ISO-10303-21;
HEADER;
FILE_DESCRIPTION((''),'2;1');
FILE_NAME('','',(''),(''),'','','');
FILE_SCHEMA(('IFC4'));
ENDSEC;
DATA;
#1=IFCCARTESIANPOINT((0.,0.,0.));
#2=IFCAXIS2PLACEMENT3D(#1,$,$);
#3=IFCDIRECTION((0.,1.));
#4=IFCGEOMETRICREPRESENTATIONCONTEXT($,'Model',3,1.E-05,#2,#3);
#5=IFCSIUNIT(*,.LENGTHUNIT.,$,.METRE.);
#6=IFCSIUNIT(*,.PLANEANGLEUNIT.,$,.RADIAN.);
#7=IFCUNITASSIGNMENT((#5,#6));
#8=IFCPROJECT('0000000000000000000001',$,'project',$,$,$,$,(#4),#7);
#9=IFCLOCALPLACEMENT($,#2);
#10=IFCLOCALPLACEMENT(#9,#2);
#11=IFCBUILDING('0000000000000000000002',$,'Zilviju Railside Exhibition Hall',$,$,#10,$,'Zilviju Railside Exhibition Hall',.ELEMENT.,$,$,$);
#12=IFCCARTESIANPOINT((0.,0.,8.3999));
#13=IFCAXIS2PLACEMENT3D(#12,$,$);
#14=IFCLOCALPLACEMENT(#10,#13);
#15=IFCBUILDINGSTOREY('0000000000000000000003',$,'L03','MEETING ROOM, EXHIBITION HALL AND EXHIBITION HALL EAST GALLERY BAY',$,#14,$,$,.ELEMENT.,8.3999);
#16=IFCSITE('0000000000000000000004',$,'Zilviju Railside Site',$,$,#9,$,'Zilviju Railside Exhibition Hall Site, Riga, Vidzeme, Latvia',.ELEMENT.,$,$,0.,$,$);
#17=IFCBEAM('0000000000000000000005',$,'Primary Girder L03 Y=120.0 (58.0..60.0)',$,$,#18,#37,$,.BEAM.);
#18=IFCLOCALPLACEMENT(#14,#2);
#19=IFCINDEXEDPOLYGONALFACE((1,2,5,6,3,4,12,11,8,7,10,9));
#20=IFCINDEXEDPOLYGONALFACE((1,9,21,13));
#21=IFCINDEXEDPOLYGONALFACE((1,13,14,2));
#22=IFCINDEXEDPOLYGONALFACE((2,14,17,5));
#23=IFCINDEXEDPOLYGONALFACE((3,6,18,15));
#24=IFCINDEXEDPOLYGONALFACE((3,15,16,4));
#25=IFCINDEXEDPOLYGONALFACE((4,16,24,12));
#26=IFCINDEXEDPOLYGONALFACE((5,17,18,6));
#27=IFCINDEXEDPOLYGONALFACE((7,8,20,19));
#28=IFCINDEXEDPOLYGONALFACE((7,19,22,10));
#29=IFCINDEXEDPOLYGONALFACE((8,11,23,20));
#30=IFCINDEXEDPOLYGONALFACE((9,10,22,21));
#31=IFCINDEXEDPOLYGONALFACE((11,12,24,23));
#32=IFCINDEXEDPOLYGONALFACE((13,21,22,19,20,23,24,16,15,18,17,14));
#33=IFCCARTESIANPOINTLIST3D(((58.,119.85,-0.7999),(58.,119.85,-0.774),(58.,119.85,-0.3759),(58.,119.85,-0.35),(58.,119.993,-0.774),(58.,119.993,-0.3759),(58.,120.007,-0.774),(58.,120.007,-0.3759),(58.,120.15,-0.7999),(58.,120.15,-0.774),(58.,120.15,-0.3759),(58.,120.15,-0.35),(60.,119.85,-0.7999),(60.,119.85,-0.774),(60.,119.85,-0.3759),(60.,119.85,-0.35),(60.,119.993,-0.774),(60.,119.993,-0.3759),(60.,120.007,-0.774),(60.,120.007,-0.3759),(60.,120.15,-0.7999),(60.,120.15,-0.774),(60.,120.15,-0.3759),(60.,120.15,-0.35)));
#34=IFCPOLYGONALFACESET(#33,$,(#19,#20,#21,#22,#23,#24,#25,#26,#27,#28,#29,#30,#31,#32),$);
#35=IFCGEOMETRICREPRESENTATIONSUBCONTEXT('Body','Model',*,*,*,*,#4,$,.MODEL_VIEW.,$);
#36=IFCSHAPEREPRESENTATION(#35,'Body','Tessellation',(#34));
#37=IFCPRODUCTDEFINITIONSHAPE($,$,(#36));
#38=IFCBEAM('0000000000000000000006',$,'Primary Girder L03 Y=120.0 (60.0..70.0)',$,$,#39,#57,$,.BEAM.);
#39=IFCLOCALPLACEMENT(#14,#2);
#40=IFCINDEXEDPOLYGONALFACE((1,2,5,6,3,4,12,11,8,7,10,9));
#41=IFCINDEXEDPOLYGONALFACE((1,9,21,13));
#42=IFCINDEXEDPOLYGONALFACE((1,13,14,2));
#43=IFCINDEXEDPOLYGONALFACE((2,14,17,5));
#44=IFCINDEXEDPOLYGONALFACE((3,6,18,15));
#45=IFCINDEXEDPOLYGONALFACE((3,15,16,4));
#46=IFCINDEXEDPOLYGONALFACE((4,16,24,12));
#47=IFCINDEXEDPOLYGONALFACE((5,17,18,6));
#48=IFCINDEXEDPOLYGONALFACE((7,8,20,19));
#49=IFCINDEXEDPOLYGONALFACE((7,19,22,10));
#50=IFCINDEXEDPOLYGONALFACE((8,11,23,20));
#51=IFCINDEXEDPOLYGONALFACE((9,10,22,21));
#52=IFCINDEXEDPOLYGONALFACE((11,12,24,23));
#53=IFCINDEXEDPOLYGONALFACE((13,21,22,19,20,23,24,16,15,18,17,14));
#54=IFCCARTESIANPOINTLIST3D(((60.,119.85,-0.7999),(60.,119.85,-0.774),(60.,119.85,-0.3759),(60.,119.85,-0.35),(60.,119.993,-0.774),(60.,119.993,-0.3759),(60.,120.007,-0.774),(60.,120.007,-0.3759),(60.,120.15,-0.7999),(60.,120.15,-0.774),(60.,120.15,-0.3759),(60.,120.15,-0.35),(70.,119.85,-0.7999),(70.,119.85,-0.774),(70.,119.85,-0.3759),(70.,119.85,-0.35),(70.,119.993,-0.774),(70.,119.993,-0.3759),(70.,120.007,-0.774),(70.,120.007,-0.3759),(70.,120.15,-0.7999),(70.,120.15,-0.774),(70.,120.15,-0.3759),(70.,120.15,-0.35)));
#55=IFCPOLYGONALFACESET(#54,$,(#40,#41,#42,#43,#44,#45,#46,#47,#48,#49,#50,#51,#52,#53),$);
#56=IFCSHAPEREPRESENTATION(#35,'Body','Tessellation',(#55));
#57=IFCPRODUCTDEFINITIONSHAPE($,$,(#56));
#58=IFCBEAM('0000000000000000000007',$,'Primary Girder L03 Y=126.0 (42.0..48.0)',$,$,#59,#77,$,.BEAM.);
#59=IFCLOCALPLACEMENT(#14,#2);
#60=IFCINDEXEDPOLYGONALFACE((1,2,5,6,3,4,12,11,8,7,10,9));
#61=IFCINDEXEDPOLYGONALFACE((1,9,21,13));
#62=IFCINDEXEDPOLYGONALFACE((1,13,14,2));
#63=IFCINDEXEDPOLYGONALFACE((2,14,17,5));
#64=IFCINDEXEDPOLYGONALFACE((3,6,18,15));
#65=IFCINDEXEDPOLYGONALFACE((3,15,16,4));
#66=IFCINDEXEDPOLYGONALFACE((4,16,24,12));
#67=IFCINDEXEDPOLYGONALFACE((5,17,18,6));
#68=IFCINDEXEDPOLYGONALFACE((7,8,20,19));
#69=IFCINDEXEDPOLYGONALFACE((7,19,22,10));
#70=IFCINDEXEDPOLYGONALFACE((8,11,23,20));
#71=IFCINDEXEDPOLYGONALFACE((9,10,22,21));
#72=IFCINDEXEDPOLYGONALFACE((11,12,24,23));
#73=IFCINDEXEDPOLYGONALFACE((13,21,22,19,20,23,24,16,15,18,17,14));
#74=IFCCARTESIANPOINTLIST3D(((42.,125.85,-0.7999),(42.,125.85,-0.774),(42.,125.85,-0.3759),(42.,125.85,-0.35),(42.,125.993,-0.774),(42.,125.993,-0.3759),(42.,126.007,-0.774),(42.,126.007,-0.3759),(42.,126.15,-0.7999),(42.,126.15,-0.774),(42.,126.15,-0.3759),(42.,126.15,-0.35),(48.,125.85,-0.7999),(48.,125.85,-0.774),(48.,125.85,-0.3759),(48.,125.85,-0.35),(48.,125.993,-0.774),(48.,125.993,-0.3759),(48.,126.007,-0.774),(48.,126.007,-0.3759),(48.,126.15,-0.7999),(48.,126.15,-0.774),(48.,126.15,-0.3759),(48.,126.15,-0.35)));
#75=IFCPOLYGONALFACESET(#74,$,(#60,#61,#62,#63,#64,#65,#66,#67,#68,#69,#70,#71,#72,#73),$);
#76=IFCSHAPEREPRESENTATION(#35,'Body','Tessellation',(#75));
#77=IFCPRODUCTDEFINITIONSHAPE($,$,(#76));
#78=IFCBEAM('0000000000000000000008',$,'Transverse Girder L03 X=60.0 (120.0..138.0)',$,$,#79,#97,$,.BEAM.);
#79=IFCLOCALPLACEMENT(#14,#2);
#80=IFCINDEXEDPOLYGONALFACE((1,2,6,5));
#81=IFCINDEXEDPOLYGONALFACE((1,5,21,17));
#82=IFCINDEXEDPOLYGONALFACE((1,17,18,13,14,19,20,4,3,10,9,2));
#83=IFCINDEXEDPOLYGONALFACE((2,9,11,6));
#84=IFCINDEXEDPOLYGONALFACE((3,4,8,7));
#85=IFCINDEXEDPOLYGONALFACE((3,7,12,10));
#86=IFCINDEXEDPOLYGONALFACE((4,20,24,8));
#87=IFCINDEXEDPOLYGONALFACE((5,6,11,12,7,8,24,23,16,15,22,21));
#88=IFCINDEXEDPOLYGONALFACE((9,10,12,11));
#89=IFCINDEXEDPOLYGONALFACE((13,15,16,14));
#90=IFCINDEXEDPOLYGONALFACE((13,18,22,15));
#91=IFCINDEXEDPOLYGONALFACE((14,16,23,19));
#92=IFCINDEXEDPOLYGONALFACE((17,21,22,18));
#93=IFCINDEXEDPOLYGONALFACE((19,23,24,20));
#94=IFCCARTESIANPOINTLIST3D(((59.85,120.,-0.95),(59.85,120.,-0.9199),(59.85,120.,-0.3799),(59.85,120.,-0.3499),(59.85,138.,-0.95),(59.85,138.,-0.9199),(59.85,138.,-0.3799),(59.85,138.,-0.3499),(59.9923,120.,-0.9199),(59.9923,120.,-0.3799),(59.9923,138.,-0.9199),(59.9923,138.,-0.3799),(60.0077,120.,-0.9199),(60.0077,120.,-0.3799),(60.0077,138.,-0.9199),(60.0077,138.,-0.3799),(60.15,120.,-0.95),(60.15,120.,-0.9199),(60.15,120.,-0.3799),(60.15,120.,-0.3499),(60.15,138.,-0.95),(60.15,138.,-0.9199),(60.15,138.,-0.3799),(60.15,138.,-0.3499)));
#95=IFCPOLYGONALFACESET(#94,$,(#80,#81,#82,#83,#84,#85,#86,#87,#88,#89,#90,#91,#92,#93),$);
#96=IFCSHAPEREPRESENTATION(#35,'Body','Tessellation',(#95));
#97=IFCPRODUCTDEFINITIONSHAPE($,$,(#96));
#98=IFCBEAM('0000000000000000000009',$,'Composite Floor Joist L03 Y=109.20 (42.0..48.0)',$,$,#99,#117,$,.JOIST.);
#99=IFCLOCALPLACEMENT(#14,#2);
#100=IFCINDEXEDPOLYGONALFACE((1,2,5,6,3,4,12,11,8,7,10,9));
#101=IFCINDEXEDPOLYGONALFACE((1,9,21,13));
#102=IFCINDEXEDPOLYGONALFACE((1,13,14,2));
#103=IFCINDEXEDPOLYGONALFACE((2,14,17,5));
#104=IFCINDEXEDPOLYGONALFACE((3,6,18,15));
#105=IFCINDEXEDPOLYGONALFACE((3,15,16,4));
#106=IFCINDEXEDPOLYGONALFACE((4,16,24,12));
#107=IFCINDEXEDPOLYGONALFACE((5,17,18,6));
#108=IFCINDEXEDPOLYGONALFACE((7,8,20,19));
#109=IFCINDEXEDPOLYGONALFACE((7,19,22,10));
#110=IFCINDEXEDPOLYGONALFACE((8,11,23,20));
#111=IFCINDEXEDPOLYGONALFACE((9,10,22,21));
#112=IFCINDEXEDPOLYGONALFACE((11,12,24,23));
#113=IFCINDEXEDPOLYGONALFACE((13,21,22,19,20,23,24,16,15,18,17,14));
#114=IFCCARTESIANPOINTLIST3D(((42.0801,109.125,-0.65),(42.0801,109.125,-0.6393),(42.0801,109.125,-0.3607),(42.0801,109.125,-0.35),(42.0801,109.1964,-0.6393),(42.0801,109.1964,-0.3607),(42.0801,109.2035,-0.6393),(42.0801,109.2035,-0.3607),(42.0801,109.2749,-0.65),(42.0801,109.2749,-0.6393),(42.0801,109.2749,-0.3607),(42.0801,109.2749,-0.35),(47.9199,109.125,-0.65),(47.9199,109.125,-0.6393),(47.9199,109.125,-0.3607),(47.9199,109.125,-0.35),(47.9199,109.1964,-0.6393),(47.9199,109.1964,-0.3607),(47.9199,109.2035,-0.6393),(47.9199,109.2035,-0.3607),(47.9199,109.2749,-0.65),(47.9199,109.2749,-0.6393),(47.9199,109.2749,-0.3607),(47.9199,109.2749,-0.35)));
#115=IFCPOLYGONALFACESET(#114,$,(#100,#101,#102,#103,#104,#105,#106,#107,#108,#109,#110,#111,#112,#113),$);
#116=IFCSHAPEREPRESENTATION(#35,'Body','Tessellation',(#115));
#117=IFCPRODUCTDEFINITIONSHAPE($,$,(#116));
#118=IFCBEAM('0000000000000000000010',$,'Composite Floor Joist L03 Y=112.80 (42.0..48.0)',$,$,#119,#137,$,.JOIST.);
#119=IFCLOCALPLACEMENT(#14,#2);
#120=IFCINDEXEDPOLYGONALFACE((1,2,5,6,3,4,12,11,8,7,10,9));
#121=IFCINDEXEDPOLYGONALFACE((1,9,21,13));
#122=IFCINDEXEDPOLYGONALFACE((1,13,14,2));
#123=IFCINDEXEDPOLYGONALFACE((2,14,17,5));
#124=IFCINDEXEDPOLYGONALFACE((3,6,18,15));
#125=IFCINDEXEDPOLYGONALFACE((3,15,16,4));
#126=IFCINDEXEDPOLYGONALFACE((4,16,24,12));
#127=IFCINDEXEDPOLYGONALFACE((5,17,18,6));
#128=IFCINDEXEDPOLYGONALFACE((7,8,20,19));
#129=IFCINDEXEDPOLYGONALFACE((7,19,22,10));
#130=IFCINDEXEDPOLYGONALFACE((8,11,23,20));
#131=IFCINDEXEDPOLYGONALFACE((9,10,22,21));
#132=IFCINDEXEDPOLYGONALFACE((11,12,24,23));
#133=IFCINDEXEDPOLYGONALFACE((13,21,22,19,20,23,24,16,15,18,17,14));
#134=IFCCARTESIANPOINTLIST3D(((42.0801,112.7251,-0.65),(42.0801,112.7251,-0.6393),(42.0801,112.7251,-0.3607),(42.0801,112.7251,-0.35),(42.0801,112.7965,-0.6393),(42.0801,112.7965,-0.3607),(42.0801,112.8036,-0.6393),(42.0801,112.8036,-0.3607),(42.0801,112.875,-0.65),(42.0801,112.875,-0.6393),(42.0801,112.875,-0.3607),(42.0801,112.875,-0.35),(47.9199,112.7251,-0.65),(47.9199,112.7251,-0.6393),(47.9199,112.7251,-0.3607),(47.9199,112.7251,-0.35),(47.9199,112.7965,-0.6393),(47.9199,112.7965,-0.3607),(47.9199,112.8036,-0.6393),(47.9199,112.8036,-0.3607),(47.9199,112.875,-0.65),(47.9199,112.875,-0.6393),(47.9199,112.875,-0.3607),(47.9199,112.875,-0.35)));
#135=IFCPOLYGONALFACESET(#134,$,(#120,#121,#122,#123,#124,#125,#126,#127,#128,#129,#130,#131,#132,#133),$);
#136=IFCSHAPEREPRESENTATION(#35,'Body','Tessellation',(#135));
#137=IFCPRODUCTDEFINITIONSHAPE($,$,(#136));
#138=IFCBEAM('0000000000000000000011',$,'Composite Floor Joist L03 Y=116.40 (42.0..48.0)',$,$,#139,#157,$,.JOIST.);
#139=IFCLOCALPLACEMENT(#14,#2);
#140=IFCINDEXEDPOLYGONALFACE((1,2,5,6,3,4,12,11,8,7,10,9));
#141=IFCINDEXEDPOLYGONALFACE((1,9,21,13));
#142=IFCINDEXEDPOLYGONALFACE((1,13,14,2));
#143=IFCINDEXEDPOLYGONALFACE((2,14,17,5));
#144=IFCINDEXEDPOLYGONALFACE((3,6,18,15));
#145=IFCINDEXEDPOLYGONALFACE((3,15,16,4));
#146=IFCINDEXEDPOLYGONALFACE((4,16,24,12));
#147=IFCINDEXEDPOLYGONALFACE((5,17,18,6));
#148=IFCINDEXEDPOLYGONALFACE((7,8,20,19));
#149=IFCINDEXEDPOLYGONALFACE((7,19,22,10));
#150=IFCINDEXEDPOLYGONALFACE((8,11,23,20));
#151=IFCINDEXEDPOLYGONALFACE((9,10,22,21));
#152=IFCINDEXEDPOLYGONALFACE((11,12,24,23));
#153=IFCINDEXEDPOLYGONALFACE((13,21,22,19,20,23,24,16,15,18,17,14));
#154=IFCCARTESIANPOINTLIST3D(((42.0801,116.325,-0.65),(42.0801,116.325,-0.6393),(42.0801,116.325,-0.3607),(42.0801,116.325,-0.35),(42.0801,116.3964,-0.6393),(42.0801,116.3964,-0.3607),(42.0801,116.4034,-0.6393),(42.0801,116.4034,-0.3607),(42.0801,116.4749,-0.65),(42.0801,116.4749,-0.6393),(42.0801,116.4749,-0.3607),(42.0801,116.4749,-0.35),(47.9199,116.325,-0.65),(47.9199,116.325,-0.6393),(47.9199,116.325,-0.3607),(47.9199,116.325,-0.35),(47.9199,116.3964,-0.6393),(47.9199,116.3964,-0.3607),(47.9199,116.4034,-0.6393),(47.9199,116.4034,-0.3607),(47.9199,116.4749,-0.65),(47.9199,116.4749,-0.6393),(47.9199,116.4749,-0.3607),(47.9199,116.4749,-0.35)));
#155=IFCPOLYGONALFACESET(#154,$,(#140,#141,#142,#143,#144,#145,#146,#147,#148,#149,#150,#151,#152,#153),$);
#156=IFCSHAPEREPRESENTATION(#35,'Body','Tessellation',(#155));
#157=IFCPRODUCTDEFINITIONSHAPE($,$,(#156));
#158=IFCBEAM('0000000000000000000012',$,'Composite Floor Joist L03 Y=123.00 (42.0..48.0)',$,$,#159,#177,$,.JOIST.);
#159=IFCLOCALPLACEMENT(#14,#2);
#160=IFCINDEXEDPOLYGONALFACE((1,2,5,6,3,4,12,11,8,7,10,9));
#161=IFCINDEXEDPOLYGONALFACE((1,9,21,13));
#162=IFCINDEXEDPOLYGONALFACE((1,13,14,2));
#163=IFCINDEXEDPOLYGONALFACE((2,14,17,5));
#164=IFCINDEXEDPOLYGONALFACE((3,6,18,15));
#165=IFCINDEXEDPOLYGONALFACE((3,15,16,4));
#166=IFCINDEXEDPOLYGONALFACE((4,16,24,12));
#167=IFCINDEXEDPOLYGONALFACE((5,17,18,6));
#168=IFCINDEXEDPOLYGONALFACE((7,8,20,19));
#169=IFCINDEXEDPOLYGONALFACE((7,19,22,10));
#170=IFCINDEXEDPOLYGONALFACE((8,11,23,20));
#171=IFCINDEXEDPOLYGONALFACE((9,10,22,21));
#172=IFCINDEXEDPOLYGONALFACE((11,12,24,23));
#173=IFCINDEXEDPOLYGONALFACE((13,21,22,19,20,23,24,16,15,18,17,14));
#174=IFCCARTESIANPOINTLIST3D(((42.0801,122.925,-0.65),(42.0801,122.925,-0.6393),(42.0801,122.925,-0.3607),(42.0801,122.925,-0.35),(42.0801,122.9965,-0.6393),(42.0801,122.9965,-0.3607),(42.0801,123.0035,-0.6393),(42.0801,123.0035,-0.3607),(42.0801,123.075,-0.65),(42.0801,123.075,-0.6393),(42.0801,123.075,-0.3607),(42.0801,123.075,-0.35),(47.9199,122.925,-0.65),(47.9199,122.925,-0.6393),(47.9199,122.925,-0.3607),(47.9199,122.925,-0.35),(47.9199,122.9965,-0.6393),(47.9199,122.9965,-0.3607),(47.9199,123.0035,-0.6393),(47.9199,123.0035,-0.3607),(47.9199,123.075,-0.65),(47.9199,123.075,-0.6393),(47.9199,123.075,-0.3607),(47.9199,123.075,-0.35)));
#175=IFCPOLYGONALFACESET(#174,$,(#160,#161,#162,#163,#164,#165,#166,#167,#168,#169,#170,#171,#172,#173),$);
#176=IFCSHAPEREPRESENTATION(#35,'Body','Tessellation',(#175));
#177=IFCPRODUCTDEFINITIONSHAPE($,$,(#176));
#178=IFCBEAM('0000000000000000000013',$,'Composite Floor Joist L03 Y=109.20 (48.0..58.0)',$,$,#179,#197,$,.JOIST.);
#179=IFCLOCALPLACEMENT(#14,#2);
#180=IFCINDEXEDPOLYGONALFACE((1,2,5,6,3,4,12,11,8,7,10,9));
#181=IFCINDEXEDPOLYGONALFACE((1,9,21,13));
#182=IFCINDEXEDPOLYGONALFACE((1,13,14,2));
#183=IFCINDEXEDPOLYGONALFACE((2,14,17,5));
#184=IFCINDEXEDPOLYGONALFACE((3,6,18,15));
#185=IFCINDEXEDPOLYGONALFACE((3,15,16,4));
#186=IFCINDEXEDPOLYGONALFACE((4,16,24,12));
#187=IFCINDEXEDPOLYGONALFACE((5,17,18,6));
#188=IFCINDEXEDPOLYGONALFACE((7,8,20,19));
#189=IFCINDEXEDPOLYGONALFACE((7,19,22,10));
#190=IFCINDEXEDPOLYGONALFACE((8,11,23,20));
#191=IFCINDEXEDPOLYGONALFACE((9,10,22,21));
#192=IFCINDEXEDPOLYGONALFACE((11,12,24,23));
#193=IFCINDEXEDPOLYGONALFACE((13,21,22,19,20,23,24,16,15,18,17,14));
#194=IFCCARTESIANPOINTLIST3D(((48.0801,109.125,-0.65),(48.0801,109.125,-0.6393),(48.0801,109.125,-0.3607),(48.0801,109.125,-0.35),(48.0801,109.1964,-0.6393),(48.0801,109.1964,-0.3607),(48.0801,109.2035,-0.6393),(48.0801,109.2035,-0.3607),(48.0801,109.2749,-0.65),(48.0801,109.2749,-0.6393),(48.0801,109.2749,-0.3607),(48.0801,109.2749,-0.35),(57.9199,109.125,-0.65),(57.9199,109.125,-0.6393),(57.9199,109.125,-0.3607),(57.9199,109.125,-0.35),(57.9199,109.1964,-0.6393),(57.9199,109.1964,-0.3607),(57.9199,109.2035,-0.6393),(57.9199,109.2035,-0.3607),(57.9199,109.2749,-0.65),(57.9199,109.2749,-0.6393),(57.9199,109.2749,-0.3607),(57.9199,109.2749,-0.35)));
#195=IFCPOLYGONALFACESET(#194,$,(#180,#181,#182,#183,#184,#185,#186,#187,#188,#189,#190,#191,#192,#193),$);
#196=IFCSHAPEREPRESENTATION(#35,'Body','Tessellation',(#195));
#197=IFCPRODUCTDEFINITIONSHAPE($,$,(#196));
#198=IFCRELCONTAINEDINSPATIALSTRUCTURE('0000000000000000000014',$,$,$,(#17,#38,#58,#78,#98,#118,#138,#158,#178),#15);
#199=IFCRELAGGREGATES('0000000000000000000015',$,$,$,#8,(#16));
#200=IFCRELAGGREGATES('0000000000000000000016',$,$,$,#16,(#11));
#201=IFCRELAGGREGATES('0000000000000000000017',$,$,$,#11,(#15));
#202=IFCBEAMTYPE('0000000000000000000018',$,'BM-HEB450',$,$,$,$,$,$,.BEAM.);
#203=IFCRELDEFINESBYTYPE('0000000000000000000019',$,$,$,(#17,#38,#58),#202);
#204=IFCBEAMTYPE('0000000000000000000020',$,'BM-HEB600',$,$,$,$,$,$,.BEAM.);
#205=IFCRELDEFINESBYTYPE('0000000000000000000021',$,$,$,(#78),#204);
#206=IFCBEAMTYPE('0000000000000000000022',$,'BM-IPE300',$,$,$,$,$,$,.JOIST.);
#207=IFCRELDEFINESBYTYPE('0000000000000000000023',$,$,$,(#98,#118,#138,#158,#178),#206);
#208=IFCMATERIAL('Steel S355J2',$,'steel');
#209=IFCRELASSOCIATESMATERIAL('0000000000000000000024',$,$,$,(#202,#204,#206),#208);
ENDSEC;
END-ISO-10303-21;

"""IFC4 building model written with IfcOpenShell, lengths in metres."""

from ifc_helpers import new_model, si_unit, direction, frame, origin, origin_2d, place, context, subcontext, project, spatial, i_section, extrude, material, material_profile, profile_set, type_object, element, save


model = new_model("IFC4")

# Units and contexts
model_context = context("Model", 3, precision=1e-05, world=origin(), true_north=direction((0.0, 1.0)))
body_context = subcontext(model_context, "Body", "Model", "MODEL_VIEW")
ifc_project = project(units=[si_unit("LENGTHUNIT", "METRE"), si_unit("PLANEANGLEUNIT", "RADIAN")], contexts=[model_context])

# Site, building, storey
site_placement = place(None, origin())
site = spatial("IfcSite", under=ifc_project, at=site_placement, Name="Zilviju Railside Site", LongName="Zilviju Railside Exhibition Hall Site, Riga, Vidzeme, Latvia", CompositionType="ELEMENT", RefElevation=0.0)
building_placement = place(site_placement, origin())
building = spatial("IfcBuilding", under=site, at=building_placement, Name="Zilviju Railside Exhibition Hall", LongName="Zilviju Railside Exhibition Hall", CompositionType="ELEMENT")
storey_placement = place(building_placement, frame((0.0, 0.0, 8.3999)))
storey = spatial("IfcBuildingStorey", under=building, at=storey_placement, Name="L03", Description="MEETING ROOM, EXHIBITION HALL AND EXHIBITION HALL EAST GALLERY BAY", CompositionType="ELEMENT", Elevation=8.3999)

# Shared definitions
ifc_material_1 = material(Name="Steel S355J2", Category="steel")

# Beams
ifc_material_profile_1 = material_profile(ifc_material_1, i_section(OverallWidth=0.3, OverallDepth=0.45, WebThickness=0.0139, FlangeThickness=0.0259, at=origin_2d()), Name="HEB 450")
ifc_profile_set_1 = profile_set([ifc_material_profile_1], Name="Steel S355J2")
beam_type_1 = type_object("IfcBeamType", Name="BM-HEB450", PredefinedType="BEAM", material=ifc_profile_set_1)
beam_1_placement = place(storey_placement, frame((58.0, 120.0, -0.575), z_axis=(1.0, 0.0, 0.0), x_axis=(0.0, 1.0, 0.0)))
element("IfcBeam", 1, at=beam_1_placement, inside=storey, type_object=beam_type_1, Name="Primary Girder L03 Y=120.0 (58.0..60.0)", PredefinedType="BEAM", context=body_context, shape_type="SweptSolid", body=[
    extrude(i_section(OverallWidth=0.3, OverallDepth=0.45, WebThickness=0.0139, FlangeThickness=0.0259, at=origin_2d()), origin(), (0.0, 0.0, 1.0), 2.0),
])
beam_2_placement = place(storey_placement, frame((60.0, 120.0, -0.575), z_axis=(1.0, 0.0, 0.0), x_axis=(0.0, 1.0, 0.0)))
element("IfcBeam", 2, at=beam_2_placement, inside=storey, type_object=beam_type_1, Name="Primary Girder L03 Y=120.0 (60.0..70.0)", PredefinedType="BEAM", context=body_context, shape_type="SweptSolid", body=[
    extrude(i_section(OverallWidth=0.3, OverallDepth=0.45, WebThickness=0.0139, FlangeThickness=0.0259, at=origin_2d()), origin(), (0.0, 0.0, 1.0), 10.0),
])
beam_3_placement = place(storey_placement, frame((42.0, 126.0, -0.575), z_axis=(1.0, 0.0, 0.0), x_axis=(0.0, 1.0, 0.0)))
element("IfcBeam", 3, at=beam_3_placement, inside=storey, type_object=beam_type_1, Name="Primary Girder L03 Y=126.0 (42.0..48.0)", PredefinedType="BEAM", context=body_context, shape_type="SweptSolid", body=[
    extrude(i_section(OverallWidth=0.3, OverallDepth=0.45, WebThickness=0.0139, FlangeThickness=0.0259, at=origin_2d()), origin(), (0.0, 0.0, 1.0), 6.0),
])
ifc_material_profile_2 = material_profile(ifc_material_1, i_section(OverallWidth=0.3, OverallDepth=0.6001, WebThickness=0.0154, FlangeThickness=0.03, at=origin_2d()), Name="HEB 600")
ifc_profile_set_2 = profile_set([ifc_material_profile_2], Name="Steel S355J2")
beam_type_2 = type_object("IfcBeamType", Name="BM-HEB600", PredefinedType="BEAM", material=ifc_profile_set_2)
beam_4_placement = place(storey_placement, frame((60.0, 120.0, -0.6499), z_axis=(0.0, 1.0, 0.0), x_axis=(-1.0, 0.0, 0.0)))
element("IfcBeam", 4, at=beam_4_placement, inside=storey, type_object=beam_type_2, Name="Transverse Girder L03 X=60.0 (120.0..138.0)", PredefinedType="BEAM", context=body_context, shape_type="SweptSolid", body=[
    extrude(i_section(OverallWidth=0.3, OverallDepth=0.6001, WebThickness=0.0154, FlangeThickness=0.03, at=origin_2d()), origin(), (0.0, 0.0, 1.0), 18.0),
])
ifc_material_profile_3 = material_profile(ifc_material_1, i_section(OverallWidth=0.1499, OverallDepth=0.3, WebThickness=0.0071, FlangeThickness=0.0107, at=origin_2d()), Name="IPE 300")
ifc_profile_set_3 = profile_set([ifc_material_profile_3], Name="Steel S355J2")
beam_type_3 = type_object("IfcBeamType", Name="BM-IPE300", PredefinedType="JOIST", material=ifc_profile_set_3)
for number, where, z_axis, x_axis, name in (
    (5, (42.0801, 109.2, -0.5), (1.0, 0.0, 0.0), (0.0, 1.0, 0.0), "Composite Floor Joist L03 Y=109.20 (42.0..48.0)"),
    (6, (42.0801, 112.8, -0.5), (1.0, 0.0, 0.0), (0.0, 1.0, 0.0), "Composite Floor Joist L03 Y=112.80 (42.0..48.0)"),
    (7, (42.0801, 116.3999, -0.5), (1.0, 0.0, 0.0), (0.0, 1.0, 0.0), "Composite Floor Joist L03 Y=116.40 (42.0..48.0)"),
    (8, (42.0801, 123.0, -0.5), (1.0, 0.0, 0.0), (0.0, 1.0, 0.0), "Composite Floor Joist L03 Y=123.00 (42.0..48.0)"),
):
    element("IfcBeam", number, at=place(storey_placement, frame(where, z_axis=z_axis, x_axis=x_axis)), inside=storey, type_object=beam_type_3, Name=name, PredefinedType="JOIST", context=body_context, shape_type="SweptSolid", body=[
        extrude(i_section(OverallWidth=0.1499, OverallDepth=0.3, WebThickness=0.0071, FlangeThickness=0.0107, at=origin_2d()), origin(), (0.0, 0.0, 1.0), 5.8398),
    ])
for number, where, z_axis, x_axis, name in (
    (9, (48.0801, 109.2, -0.5), (1.0, 0.0, 0.0), (0.0, 1.0, 0.0), "Composite Floor Joist L03 Y=109.20 (48.0..58.0)"),
):
    element("IfcBeam", number, at=place(storey_placement, frame(where, z_axis=z_axis, x_axis=x_axis)), inside=storey, type_object=beam_type_3, Name=name, PredefinedType="JOIST", context=body_context, shape_type="SweptSolid", body=[
        extrude(i_section(OverallWidth=0.1499, OverallDepth=0.3, WebThickness=0.0071, FlangeThickness=0.0107, at=origin_2d()), origin(), (0.0, 0.0, 1.0), 9.8398),
    ])

save(model, "model.ifc")
